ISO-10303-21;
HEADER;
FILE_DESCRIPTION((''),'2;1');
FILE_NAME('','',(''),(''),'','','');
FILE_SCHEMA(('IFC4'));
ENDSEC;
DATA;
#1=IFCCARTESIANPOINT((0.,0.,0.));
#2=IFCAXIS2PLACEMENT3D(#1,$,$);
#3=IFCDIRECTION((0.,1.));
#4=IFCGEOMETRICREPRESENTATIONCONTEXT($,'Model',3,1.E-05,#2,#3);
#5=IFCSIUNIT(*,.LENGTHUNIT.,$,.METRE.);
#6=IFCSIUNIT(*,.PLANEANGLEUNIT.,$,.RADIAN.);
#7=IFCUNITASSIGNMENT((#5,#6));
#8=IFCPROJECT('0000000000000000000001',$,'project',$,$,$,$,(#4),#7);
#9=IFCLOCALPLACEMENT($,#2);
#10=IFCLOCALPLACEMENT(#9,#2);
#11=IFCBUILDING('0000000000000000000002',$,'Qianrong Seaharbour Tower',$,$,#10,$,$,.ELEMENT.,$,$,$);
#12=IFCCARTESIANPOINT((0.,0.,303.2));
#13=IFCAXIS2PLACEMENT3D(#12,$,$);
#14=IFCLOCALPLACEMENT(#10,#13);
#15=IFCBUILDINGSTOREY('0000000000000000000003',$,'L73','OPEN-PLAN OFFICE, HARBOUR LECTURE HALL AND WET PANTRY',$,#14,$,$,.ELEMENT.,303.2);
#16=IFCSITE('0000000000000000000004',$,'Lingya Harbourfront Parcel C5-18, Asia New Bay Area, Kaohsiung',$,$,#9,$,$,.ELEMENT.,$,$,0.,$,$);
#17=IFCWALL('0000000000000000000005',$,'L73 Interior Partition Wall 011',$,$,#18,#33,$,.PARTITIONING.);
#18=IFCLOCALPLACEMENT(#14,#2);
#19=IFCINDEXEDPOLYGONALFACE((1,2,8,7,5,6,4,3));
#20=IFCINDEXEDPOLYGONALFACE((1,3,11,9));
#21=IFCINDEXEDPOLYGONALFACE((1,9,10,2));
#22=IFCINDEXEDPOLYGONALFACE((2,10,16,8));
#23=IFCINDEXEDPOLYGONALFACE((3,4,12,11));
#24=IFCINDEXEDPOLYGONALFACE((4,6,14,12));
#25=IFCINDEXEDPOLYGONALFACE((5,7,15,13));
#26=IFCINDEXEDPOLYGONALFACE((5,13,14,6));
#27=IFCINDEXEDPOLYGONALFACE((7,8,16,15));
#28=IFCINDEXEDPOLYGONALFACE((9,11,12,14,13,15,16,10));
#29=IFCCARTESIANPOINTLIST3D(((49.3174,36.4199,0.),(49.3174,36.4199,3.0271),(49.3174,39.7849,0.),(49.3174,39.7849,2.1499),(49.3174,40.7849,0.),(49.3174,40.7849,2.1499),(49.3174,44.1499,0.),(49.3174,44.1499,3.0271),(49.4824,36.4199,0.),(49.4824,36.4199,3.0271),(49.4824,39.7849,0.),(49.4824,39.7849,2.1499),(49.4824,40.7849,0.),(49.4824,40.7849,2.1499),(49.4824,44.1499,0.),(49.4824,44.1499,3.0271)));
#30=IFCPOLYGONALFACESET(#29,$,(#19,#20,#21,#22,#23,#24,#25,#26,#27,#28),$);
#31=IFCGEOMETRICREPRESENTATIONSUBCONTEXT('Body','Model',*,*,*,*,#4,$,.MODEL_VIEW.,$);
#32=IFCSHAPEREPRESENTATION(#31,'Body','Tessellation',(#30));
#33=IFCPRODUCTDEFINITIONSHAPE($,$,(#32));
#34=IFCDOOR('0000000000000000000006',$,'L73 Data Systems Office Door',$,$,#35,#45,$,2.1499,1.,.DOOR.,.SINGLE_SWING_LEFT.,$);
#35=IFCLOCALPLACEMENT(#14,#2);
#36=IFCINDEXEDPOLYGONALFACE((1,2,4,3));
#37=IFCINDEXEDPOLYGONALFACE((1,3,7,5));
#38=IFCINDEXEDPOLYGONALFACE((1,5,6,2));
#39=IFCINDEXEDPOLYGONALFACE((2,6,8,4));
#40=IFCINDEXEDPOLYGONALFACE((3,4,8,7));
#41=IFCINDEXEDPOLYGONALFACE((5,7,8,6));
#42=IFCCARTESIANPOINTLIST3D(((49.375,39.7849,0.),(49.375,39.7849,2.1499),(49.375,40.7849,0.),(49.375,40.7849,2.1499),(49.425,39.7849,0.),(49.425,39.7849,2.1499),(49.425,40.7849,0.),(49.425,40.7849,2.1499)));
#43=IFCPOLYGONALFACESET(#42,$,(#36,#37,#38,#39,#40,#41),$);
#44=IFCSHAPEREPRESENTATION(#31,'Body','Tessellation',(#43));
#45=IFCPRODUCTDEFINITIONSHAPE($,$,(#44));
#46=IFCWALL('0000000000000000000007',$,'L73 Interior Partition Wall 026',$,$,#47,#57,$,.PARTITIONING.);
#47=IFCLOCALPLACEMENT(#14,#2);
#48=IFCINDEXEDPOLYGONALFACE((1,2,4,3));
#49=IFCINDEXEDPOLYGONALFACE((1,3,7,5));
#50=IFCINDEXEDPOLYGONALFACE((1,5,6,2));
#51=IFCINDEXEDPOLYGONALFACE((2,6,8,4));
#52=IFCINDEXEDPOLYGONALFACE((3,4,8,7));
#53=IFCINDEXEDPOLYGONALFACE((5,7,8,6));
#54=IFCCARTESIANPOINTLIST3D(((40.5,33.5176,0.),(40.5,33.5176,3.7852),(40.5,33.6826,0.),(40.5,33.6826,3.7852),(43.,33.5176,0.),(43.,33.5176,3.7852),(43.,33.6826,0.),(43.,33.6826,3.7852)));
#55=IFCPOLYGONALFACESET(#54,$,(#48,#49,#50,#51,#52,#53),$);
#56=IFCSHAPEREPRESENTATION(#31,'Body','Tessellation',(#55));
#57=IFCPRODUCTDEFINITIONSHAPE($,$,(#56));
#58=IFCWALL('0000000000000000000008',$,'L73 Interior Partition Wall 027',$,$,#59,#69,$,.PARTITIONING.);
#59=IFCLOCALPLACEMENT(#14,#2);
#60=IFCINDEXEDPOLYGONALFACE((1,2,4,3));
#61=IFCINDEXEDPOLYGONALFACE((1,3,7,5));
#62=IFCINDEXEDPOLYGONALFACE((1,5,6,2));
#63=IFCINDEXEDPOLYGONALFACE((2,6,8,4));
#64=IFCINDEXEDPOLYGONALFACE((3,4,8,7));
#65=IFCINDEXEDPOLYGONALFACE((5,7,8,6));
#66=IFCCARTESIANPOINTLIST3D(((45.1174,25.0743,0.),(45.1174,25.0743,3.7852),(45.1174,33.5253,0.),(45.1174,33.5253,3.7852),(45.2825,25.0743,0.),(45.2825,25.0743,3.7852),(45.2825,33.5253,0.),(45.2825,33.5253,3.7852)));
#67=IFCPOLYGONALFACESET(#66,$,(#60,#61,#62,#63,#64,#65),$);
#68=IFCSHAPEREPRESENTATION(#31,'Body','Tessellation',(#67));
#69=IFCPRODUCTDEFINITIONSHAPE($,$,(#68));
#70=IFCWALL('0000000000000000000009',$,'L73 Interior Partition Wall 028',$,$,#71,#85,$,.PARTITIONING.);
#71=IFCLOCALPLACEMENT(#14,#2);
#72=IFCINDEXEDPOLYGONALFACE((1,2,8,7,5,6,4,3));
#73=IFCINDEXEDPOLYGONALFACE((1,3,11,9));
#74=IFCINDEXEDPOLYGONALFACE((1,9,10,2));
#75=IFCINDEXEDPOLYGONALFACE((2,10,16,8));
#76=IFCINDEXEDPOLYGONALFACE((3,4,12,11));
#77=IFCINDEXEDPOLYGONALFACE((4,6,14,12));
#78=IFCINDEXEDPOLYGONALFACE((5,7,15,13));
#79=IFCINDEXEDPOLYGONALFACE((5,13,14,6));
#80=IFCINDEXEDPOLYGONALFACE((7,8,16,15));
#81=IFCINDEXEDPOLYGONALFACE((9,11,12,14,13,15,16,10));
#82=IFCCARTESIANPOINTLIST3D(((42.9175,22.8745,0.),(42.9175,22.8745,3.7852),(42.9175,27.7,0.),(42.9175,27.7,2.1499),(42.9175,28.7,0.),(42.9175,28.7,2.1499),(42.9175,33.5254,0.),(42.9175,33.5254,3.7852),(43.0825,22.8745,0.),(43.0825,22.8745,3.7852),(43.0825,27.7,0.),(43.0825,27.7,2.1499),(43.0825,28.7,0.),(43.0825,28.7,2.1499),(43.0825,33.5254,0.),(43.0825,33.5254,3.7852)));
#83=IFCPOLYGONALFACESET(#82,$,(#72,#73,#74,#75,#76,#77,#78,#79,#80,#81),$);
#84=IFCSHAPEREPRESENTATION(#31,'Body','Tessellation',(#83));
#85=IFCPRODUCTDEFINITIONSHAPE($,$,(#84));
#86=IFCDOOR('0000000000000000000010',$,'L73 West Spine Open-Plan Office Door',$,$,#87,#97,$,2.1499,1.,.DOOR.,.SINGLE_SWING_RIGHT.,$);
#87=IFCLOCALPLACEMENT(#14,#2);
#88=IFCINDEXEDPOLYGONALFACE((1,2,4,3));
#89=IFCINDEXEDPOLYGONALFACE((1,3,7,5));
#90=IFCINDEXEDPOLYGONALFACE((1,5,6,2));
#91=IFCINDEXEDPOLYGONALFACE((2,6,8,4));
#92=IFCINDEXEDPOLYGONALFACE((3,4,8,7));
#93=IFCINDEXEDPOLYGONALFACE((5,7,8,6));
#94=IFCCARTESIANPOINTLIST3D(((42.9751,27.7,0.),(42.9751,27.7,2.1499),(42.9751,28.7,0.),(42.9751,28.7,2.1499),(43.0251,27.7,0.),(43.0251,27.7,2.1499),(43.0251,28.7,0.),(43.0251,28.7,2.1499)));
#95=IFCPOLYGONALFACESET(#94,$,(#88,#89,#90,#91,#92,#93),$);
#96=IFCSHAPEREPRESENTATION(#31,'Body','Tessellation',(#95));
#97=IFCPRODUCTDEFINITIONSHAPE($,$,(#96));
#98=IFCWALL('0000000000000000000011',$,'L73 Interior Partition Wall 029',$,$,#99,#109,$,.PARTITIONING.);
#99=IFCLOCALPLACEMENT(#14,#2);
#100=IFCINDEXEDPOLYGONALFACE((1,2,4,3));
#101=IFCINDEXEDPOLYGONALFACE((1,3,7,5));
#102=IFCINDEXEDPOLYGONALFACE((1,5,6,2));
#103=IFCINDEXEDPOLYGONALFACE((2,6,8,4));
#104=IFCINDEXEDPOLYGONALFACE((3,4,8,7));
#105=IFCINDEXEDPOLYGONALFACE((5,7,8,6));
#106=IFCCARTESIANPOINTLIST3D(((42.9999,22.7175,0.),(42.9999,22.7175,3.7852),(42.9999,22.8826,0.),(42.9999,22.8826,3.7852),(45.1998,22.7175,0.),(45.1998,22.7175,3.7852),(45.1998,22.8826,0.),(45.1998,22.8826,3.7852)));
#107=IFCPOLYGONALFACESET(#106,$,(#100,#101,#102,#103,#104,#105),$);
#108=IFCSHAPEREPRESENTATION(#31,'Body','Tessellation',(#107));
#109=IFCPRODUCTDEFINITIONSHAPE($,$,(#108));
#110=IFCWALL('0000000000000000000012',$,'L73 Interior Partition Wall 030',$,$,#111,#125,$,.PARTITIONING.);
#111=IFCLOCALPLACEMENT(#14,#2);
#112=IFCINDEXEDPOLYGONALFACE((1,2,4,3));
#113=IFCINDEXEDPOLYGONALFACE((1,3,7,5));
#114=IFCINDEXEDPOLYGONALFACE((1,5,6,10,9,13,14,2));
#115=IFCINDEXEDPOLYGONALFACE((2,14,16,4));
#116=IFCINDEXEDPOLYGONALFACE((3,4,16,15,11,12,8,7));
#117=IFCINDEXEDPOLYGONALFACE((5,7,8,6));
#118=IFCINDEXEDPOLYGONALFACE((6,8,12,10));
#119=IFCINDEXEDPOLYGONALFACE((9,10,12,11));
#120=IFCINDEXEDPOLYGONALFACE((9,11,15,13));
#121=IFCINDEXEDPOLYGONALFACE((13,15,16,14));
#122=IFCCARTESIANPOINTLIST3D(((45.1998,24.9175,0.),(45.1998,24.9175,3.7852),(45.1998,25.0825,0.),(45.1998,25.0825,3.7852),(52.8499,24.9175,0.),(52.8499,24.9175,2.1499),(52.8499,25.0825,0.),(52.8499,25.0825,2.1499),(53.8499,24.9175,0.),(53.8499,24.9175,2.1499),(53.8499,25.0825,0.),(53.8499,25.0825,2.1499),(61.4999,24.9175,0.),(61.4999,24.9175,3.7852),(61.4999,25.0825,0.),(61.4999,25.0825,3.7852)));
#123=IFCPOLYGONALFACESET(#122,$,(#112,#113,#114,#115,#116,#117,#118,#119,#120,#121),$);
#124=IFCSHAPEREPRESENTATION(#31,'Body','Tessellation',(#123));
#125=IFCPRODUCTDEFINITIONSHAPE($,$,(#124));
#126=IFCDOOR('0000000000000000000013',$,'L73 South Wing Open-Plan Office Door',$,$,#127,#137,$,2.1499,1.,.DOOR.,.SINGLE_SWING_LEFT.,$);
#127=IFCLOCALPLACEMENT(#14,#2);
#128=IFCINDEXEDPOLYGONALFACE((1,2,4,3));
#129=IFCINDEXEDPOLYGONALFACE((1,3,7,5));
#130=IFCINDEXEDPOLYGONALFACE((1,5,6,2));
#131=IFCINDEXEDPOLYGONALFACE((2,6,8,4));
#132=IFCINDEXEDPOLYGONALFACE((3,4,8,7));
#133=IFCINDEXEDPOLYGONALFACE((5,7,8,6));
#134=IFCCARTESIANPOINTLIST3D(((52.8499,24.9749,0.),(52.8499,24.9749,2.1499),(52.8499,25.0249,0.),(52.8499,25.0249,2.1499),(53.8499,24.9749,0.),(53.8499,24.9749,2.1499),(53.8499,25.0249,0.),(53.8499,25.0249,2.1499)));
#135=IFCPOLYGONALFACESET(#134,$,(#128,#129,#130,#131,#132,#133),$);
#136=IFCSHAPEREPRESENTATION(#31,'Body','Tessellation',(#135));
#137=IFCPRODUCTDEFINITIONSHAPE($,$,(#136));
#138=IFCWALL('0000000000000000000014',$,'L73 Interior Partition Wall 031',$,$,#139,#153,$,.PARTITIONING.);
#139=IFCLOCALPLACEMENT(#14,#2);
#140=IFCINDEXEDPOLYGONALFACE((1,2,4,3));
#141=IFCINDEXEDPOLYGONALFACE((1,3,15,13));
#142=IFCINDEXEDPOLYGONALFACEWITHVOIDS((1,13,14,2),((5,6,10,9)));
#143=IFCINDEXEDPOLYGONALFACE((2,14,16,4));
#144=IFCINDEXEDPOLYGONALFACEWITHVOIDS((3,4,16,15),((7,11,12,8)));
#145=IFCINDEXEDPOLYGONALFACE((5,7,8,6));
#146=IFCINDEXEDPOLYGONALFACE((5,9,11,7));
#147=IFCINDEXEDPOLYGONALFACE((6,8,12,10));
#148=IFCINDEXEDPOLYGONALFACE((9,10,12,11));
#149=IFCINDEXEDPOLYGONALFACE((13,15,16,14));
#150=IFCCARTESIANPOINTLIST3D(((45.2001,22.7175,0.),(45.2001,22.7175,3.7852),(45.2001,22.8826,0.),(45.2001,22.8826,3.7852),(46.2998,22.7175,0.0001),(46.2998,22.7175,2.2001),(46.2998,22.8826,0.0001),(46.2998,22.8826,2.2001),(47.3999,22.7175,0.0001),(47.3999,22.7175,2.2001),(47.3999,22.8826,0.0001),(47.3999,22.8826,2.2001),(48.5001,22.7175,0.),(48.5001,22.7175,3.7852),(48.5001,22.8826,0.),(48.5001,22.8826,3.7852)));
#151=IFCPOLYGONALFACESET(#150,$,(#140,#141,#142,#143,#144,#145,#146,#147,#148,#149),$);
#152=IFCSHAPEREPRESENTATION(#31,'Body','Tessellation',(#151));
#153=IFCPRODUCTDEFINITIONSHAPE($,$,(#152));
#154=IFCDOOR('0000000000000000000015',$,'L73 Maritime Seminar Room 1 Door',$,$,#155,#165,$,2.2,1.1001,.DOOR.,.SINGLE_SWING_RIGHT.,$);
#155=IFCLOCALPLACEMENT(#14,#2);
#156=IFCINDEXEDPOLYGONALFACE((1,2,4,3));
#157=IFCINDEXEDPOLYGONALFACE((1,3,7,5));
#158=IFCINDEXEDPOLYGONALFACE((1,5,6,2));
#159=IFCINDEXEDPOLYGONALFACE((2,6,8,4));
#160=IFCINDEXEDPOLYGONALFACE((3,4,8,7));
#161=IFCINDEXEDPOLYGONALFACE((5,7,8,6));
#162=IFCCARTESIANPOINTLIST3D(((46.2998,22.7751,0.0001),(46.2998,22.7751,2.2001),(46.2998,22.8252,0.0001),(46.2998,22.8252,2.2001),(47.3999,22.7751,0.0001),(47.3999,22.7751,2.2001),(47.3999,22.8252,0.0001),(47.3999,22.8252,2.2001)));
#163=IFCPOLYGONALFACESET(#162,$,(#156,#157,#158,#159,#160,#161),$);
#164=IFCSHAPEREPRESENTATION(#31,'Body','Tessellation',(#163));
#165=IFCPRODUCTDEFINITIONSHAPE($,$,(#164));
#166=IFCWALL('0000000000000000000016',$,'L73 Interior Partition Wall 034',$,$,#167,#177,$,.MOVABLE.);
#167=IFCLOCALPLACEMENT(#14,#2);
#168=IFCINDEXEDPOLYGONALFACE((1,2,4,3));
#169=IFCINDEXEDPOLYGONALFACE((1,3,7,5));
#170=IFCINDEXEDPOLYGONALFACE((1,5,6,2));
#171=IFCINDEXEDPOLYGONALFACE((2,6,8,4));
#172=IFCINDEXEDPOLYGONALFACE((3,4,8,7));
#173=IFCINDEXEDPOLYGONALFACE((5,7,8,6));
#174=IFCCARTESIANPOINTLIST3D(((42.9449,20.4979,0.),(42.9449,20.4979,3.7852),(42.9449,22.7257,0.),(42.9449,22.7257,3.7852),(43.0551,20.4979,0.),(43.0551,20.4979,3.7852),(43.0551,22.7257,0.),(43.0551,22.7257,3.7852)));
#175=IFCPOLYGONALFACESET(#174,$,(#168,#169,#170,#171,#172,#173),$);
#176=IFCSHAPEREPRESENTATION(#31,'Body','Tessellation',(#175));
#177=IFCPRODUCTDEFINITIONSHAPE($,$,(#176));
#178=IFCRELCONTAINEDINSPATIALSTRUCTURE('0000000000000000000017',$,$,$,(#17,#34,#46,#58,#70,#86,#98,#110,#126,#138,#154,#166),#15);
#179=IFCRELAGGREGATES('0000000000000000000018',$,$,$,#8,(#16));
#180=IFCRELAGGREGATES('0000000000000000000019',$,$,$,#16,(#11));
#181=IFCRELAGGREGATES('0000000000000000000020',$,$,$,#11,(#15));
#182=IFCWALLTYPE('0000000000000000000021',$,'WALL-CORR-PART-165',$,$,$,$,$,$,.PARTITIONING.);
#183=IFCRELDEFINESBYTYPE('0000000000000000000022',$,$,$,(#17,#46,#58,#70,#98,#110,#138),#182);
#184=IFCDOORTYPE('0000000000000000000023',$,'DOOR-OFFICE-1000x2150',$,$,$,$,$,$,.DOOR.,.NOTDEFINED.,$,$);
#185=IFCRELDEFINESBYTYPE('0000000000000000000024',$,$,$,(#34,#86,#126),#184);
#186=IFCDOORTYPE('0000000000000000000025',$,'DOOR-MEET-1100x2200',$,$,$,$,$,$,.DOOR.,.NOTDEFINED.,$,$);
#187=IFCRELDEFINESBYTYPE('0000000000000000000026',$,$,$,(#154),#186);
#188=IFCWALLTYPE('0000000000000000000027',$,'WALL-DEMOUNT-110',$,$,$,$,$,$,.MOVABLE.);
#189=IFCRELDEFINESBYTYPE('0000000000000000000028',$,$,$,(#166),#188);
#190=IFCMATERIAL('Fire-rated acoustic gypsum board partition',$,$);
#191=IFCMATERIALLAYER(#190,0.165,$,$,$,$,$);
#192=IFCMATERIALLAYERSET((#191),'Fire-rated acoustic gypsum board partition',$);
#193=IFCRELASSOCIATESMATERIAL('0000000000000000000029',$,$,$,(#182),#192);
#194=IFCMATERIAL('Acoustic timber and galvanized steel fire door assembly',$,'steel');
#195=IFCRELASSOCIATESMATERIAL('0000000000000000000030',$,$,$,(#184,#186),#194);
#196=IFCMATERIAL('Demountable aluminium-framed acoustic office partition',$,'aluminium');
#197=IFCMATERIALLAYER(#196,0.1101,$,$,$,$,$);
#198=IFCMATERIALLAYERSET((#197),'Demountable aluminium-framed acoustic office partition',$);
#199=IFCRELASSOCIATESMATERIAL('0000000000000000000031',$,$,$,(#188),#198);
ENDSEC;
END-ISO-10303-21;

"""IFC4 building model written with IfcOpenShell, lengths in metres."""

from ifc_helpers import new_model, si_unit, direction, frame, frame_2d, origin, place, context, subcontext, project, spatial, rectangle, extrude, material, layer, layer_set, type_object, element, fill, save


model = new_model("IFC4")

# Units and contexts
model_context = context("Model", 3, precision=1e-05, world=origin(), true_north=direction((0.0, 1.0)))
body_context = subcontext(model_context, "Body", "Model", "MODEL_VIEW")
ifc_project = project(units=[si_unit("LENGTHUNIT", "METRE"), si_unit("PLANEANGLEUNIT", "RADIAN")], contexts=[model_context])

# Site, building, storey
site_placement = place(None, origin())
site = spatial("IfcSite", under=ifc_project, at=site_placement, Name="Lingya Harbourfront Parcel C5-18, Asia New Bay Area, Kaohsiung", CompositionType="ELEMENT", RefElevation=0.0)
building_placement = place(site_placement, origin())
building = spatial("IfcBuilding", under=site, at=building_placement, Name="Qianrong Seaharbour Tower", CompositionType="ELEMENT")
storey_placement = place(building_placement, frame((0.0, 0.0, 303.2)))
storey = spatial("IfcBuildingStorey", under=building, at=storey_placement, Name="L73", Description="OPEN-PLAN OFFICE, HARBOUR LECTURE HALL AND WET PANTRY", CompositionType="ELEMENT", Elevation=303.2)

# Wall, opening, door
ifc_material_1 = material(Name="Fire-rated acoustic gypsum board partition")
ifc_layer_1 = layer(ifc_material_1, 0.165)
ifc_layer_set_1 = layer_set([ifc_layer_1], Name="Fire-rated acoustic gypsum board partition")
wall_type_1 = type_object("IfcWallType", Name="WALL-CORR-PART-165", PredefinedType="PARTITIONING", material=ifc_layer_set_1)
wall_1_placement = place(storey_placement, frame((49.3999, 36.4199, 0.0), z_axis=(0.0, 0.0, 1.0), x_axis=(0.0, 1.0, 0.0)))
wall_1 = element("IfcWall", 1, at=wall_1_placement, inside=storey, type_object=wall_type_1, Name="L73 Interior Partition Wall 011", PredefinedType="PARTITIONING", context=body_context, shape_type="SweptSolid", body=[
    extrude(rectangle(XDim=7.73, YDim=0.165, at=frame_2d((3.865, 0.0))), origin(), (0.0, 0.0, 1.0), 3.0271),
])
opening_1_placement = place(wall_1_placement, frame((3.365, 0.0, 0.0)))
opening_1 = element("IfcOpeningElement", 2, at=opening_1_placement, cuts=wall_1, PredefinedType="OPENING", context=body_context, shape_type="SweptSolid", body=[
    extrude(rectangle(XDim=1.0, YDim=2.1499, at=frame_2d((0.5, 1.075))), frame((0.0, 0.0925, 0.0), z_axis=(0.0, -1.0, 0.0), x_axis=(1.0, 0.0, 0.0)), (0.0, 0.0, 1.0), 0.1851),
])
ifc_material_2 = material(Name="Acoustic timber and galvanized steel fire door assembly", Category="steel")
door_type_1 = type_object("IfcDoorType", Name="DOOR-OFFICE-1000x2150", OperationType="NOTDEFINED", PredefinedType="DOOR", material=ifc_material_2)
door_1_placement = place(opening_1_placement, origin())
door_1 = element("IfcDoor", 3, at=door_1_placement, inside=storey, type_object=door_type_1, Name="L73 Data Systems Office Door", OperationType="SINGLE_SWING_LEFT", OverallHeight=2.1499, OverallWidth=1.0, PredefinedType="DOOR", context=body_context, shape_type="SweptSolid", body=[
    extrude(rectangle(XDim=1.0, YDim=2.1499, at=frame_2d((0.5, 1.075))), frame((0.0, 0.0249, 0.0), z_axis=(0.0, -1.0, 0.0), x_axis=(1.0, 0.0, 0.0)), (0.0, 0.0, 1.0), 0.05),
])
fill(opening_1, door_1)

# Walls
wall_2_placement = place(storey_placement, frame((43.0, 33.6001, 0.0), z_axis=(0.0, 0.0, 1.0), x_axis=(-1.0, 0.0, 0.0)))
element("IfcWall", 4, at=wall_2_placement, inside=storey, type_object=wall_type_1, Name="L73 Interior Partition Wall 026", PredefinedType="PARTITIONING", context=body_context, shape_type="SweptSolid", body=[
    extrude(rectangle(XDim=2.5, YDim=0.165, at=frame_2d((1.25, 0.0))), origin(), (0.0, 0.0, 1.0), 3.7852),
])
wall_3_placement = place(storey_placement, frame((45.2, 33.5254, 0.0), z_axis=(0.0, 0.0, 1.0), x_axis=(0.0, -1.0, 0.0)))
element("IfcWall", 5, at=wall_3_placement, inside=storey, type_object=wall_type_1, Name="L73 Interior Partition Wall 027", PredefinedType="PARTITIONING", context=body_context, shape_type="SweptSolid", body=[
    extrude(rectangle(XDim=8.4509, YDim=0.165, at=frame_2d((4.2256, 0.0))), origin(), (0.0, 0.0, 1.0), 3.7852),
])

# Wall, opening, door
wall_4_placement = place(storey_placement, frame((43.0, 22.8745, 0.0), z_axis=(0.0, 0.0, 1.0), x_axis=(0.0, 1.0, 0.0)))
wall_4 = element("IfcWall", 6, at=wall_4_placement, inside=storey, type_object=wall_type_1, Name="L73 Interior Partition Wall 028", PredefinedType="PARTITIONING", context=body_context, shape_type="SweptSolid", body=[
    extrude(rectangle(XDim=10.6509, YDim=0.165, at=frame_2d((5.3254, 0.0))), origin(), (0.0, 0.0, 1.0), 3.7852),
])
opening_2_placement = place(wall_4_placement, frame((4.8254, 0.0, 0.0)))
opening_2 = element("IfcOpeningElement", 7, at=opening_2_placement, cuts=wall_4, PredefinedType="OPENING", context=body_context, shape_type="SweptSolid", body=[
    extrude(rectangle(XDim=1.0, YDim=2.1499, at=frame_2d((0.5, 1.075))), frame((0.0, 0.0925, 0.0), z_axis=(0.0, -1.0, 0.0), x_axis=(1.0, 0.0, 0.0)), (0.0, 0.0, 1.0), 0.1851),
])
door_2_placement = place(opening_2_placement, origin())
door_2 = element("IfcDoor", 8, at=door_2_placement, inside=storey, type_object=door_type_1, Name="L73 West Spine Open-Plan Office Door", OperationType="SINGLE_SWING_RIGHT", OverallHeight=2.1499, OverallWidth=1.0, PredefinedType="DOOR", context=body_context, shape_type="SweptSolid", body=[
    extrude(rectangle(XDim=1.0, YDim=2.1499, at=frame_2d((0.5, 1.075))), frame((0.0, 0.0249, 0.0), z_axis=(0.0, -1.0, 0.0), x_axis=(1.0, 0.0, 0.0)), (0.0, 0.0, 1.0), 0.05),
])
fill(opening_2, door_2)

# Wall
wall_5_placement = place(storey_placement, frame((45.2, 22.8, 0.0), z_axis=(0.0, 0.0, 1.0), x_axis=(-1.0, 0.0, 0.0)))
element("IfcWall", 9, at=wall_5_placement, inside=storey, type_object=wall_type_1, Name="L73 Interior Partition Wall 029", PredefinedType="PARTITIONING", context=body_context, shape_type="SweptSolid", body=[
    extrude(rectangle(XDim=2.2, YDim=0.165, at=frame_2d((1.1001, 0.0))), origin(), (0.0, 0.0, 1.0), 3.7852),
])

# Walls, openings, doors
wall_6_placement = place(storey_placement, frame((45.2, 25.0, 0.0), z_axis=(0.0, 0.0, 1.0), x_axis=(1.0, 0.0, 0.0)))
wall_6 = element("IfcWall", 10, at=wall_6_placement, inside=storey, type_object=wall_type_1, Name="L73 Interior Partition Wall 030", PredefinedType="PARTITIONING", context=body_context, shape_type="SweptSolid", body=[
    extrude(rectangle(XDim=16.3, YDim=0.165, at=frame_2d((8.1499, 0.0))), origin(), (0.0, 0.0, 1.0), 3.7852),
])
opening_3_placement = place(wall_6_placement, frame((7.6499, 0.0, 0.0)))
opening_3 = element("IfcOpeningElement", 11, at=opening_3_placement, cuts=wall_6, PredefinedType="OPENING", context=body_context, shape_type="SweptSolid", body=[
    extrude(rectangle(XDim=1.0, YDim=2.1499, at=frame_2d((0.5, 1.075))), frame((0.0, 0.0925, 0.0), z_axis=(0.0, -1.0, 0.0), x_axis=(1.0, 0.0, 0.0)), (0.0, 0.0, 1.0), 0.1851),
])
door_3_placement = place(opening_3_placement, origin())
door_3 = element("IfcDoor", 12, at=door_3_placement, inside=storey, type_object=door_type_1, Name="L73 South Wing Open-Plan Office Door", OperationType="SINGLE_SWING_LEFT", OverallHeight=2.1499, OverallWidth=1.0, PredefinedType="DOOR", context=body_context, shape_type="SweptSolid", body=[
    extrude(rectangle(XDim=1.0, YDim=2.1499, at=frame_2d((0.5, 1.075))), frame((0.0, 0.0249, 0.0), z_axis=(0.0, -1.0, 0.0), x_axis=(1.0, 0.0, 0.0)), (0.0, 0.0, 1.0), 0.05),
])
fill(opening_3, door_3)
wall_7_placement = place(storey_placement, frame((48.5, 22.8, 0.0), z_axis=(0.0, 0.0, 1.0), x_axis=(-1.0, 0.0, 0.0)))
wall_7 = element("IfcWall", 13, at=wall_7_placement, inside=storey, type_object=wall_type_1, Name="L73 Interior Partition Wall 031", PredefinedType="PARTITIONING", context=body_context, shape_type="SweptSolid", body=[
    extrude(rectangle(XDim=3.3, YDim=0.165, at=frame_2d((1.6499, 0.0))), origin(), (0.0, 0.0, 1.0), 3.7852),
])
opening_4_placement = place(wall_7_placement, frame((1.1001, 0.0, 0.0)))
opening_4 = element("IfcOpeningElement", 14, at=opening_4_placement, cuts=wall_7, PredefinedType="OPENING", context=body_context, shape_type="SweptSolid", body=[
    extrude(rectangle(XDim=1.1001, YDim=2.2, at=frame_2d((0.55, 1.1001))), frame((0.0, 0.0925, 0.0), z_axis=(0.0, -1.0, 0.0), x_axis=(1.0, 0.0, 0.0)), (0.0, 0.0, 1.0), 0.1851),
])
door_type_2 = type_object("IfcDoorType", Name="DOOR-MEET-1100x2200", OperationType="NOTDEFINED", PredefinedType="DOOR", material=ifc_material_2)
door_4_placement = place(opening_4_placement, origin())
door_4 = element("IfcDoor", 15, at=door_4_placement, inside=storey, type_object=door_type_2, Name="L73 Maritime Seminar Room 1 Door", OperationType="SINGLE_SWING_RIGHT", OverallHeight=2.2, OverallWidth=1.1001, PredefinedType="DOOR", context=body_context, shape_type="SweptSolid", body=[
    extrude(rectangle(XDim=1.1001, YDim=2.2, at=frame_2d((0.55, 1.1001))), frame((0.0, 0.0249, 0.0), z_axis=(0.0, -1.0, 0.0), x_axis=(1.0, 0.0, 0.0)), (0.0, 0.0, 1.0), 0.05),
])
fill(opening_4, door_4)

# Wall
ifc_material_3 = material(Name="Demountable aluminium-framed acoustic office partition", Category="aluminium")
ifc_layer_2 = layer(ifc_material_3, 0.1101)
ifc_layer_set_2 = layer_set([ifc_layer_2], Name="Demountable aluminium-framed acoustic office partition")
wall_type_2 = type_object("IfcWallType", Name="WALL-DEMOUNT-110", PredefinedType="MOVABLE", material=ifc_layer_set_2)
wall_8_placement = place(storey_placement, frame((43.0, 22.7256, 0.0), z_axis=(0.0, 0.0, 1.0), x_axis=(0.0, -1.0, 0.0)))
element("IfcWall", 16, at=wall_8_placement, inside=storey, type_object=wall_type_2, Name="L73 Interior Partition Wall 034", PredefinedType="MOVABLE", context=body_context, shape_type="SweptSolid", body=[
    extrude(rectangle(XDim=2.2278, YDim=0.1101, at=frame_2d((1.1138, 0.0))), origin(), (0.0, 0.0, 1.0), 3.7852),
])

save(model, "model.ifc")
